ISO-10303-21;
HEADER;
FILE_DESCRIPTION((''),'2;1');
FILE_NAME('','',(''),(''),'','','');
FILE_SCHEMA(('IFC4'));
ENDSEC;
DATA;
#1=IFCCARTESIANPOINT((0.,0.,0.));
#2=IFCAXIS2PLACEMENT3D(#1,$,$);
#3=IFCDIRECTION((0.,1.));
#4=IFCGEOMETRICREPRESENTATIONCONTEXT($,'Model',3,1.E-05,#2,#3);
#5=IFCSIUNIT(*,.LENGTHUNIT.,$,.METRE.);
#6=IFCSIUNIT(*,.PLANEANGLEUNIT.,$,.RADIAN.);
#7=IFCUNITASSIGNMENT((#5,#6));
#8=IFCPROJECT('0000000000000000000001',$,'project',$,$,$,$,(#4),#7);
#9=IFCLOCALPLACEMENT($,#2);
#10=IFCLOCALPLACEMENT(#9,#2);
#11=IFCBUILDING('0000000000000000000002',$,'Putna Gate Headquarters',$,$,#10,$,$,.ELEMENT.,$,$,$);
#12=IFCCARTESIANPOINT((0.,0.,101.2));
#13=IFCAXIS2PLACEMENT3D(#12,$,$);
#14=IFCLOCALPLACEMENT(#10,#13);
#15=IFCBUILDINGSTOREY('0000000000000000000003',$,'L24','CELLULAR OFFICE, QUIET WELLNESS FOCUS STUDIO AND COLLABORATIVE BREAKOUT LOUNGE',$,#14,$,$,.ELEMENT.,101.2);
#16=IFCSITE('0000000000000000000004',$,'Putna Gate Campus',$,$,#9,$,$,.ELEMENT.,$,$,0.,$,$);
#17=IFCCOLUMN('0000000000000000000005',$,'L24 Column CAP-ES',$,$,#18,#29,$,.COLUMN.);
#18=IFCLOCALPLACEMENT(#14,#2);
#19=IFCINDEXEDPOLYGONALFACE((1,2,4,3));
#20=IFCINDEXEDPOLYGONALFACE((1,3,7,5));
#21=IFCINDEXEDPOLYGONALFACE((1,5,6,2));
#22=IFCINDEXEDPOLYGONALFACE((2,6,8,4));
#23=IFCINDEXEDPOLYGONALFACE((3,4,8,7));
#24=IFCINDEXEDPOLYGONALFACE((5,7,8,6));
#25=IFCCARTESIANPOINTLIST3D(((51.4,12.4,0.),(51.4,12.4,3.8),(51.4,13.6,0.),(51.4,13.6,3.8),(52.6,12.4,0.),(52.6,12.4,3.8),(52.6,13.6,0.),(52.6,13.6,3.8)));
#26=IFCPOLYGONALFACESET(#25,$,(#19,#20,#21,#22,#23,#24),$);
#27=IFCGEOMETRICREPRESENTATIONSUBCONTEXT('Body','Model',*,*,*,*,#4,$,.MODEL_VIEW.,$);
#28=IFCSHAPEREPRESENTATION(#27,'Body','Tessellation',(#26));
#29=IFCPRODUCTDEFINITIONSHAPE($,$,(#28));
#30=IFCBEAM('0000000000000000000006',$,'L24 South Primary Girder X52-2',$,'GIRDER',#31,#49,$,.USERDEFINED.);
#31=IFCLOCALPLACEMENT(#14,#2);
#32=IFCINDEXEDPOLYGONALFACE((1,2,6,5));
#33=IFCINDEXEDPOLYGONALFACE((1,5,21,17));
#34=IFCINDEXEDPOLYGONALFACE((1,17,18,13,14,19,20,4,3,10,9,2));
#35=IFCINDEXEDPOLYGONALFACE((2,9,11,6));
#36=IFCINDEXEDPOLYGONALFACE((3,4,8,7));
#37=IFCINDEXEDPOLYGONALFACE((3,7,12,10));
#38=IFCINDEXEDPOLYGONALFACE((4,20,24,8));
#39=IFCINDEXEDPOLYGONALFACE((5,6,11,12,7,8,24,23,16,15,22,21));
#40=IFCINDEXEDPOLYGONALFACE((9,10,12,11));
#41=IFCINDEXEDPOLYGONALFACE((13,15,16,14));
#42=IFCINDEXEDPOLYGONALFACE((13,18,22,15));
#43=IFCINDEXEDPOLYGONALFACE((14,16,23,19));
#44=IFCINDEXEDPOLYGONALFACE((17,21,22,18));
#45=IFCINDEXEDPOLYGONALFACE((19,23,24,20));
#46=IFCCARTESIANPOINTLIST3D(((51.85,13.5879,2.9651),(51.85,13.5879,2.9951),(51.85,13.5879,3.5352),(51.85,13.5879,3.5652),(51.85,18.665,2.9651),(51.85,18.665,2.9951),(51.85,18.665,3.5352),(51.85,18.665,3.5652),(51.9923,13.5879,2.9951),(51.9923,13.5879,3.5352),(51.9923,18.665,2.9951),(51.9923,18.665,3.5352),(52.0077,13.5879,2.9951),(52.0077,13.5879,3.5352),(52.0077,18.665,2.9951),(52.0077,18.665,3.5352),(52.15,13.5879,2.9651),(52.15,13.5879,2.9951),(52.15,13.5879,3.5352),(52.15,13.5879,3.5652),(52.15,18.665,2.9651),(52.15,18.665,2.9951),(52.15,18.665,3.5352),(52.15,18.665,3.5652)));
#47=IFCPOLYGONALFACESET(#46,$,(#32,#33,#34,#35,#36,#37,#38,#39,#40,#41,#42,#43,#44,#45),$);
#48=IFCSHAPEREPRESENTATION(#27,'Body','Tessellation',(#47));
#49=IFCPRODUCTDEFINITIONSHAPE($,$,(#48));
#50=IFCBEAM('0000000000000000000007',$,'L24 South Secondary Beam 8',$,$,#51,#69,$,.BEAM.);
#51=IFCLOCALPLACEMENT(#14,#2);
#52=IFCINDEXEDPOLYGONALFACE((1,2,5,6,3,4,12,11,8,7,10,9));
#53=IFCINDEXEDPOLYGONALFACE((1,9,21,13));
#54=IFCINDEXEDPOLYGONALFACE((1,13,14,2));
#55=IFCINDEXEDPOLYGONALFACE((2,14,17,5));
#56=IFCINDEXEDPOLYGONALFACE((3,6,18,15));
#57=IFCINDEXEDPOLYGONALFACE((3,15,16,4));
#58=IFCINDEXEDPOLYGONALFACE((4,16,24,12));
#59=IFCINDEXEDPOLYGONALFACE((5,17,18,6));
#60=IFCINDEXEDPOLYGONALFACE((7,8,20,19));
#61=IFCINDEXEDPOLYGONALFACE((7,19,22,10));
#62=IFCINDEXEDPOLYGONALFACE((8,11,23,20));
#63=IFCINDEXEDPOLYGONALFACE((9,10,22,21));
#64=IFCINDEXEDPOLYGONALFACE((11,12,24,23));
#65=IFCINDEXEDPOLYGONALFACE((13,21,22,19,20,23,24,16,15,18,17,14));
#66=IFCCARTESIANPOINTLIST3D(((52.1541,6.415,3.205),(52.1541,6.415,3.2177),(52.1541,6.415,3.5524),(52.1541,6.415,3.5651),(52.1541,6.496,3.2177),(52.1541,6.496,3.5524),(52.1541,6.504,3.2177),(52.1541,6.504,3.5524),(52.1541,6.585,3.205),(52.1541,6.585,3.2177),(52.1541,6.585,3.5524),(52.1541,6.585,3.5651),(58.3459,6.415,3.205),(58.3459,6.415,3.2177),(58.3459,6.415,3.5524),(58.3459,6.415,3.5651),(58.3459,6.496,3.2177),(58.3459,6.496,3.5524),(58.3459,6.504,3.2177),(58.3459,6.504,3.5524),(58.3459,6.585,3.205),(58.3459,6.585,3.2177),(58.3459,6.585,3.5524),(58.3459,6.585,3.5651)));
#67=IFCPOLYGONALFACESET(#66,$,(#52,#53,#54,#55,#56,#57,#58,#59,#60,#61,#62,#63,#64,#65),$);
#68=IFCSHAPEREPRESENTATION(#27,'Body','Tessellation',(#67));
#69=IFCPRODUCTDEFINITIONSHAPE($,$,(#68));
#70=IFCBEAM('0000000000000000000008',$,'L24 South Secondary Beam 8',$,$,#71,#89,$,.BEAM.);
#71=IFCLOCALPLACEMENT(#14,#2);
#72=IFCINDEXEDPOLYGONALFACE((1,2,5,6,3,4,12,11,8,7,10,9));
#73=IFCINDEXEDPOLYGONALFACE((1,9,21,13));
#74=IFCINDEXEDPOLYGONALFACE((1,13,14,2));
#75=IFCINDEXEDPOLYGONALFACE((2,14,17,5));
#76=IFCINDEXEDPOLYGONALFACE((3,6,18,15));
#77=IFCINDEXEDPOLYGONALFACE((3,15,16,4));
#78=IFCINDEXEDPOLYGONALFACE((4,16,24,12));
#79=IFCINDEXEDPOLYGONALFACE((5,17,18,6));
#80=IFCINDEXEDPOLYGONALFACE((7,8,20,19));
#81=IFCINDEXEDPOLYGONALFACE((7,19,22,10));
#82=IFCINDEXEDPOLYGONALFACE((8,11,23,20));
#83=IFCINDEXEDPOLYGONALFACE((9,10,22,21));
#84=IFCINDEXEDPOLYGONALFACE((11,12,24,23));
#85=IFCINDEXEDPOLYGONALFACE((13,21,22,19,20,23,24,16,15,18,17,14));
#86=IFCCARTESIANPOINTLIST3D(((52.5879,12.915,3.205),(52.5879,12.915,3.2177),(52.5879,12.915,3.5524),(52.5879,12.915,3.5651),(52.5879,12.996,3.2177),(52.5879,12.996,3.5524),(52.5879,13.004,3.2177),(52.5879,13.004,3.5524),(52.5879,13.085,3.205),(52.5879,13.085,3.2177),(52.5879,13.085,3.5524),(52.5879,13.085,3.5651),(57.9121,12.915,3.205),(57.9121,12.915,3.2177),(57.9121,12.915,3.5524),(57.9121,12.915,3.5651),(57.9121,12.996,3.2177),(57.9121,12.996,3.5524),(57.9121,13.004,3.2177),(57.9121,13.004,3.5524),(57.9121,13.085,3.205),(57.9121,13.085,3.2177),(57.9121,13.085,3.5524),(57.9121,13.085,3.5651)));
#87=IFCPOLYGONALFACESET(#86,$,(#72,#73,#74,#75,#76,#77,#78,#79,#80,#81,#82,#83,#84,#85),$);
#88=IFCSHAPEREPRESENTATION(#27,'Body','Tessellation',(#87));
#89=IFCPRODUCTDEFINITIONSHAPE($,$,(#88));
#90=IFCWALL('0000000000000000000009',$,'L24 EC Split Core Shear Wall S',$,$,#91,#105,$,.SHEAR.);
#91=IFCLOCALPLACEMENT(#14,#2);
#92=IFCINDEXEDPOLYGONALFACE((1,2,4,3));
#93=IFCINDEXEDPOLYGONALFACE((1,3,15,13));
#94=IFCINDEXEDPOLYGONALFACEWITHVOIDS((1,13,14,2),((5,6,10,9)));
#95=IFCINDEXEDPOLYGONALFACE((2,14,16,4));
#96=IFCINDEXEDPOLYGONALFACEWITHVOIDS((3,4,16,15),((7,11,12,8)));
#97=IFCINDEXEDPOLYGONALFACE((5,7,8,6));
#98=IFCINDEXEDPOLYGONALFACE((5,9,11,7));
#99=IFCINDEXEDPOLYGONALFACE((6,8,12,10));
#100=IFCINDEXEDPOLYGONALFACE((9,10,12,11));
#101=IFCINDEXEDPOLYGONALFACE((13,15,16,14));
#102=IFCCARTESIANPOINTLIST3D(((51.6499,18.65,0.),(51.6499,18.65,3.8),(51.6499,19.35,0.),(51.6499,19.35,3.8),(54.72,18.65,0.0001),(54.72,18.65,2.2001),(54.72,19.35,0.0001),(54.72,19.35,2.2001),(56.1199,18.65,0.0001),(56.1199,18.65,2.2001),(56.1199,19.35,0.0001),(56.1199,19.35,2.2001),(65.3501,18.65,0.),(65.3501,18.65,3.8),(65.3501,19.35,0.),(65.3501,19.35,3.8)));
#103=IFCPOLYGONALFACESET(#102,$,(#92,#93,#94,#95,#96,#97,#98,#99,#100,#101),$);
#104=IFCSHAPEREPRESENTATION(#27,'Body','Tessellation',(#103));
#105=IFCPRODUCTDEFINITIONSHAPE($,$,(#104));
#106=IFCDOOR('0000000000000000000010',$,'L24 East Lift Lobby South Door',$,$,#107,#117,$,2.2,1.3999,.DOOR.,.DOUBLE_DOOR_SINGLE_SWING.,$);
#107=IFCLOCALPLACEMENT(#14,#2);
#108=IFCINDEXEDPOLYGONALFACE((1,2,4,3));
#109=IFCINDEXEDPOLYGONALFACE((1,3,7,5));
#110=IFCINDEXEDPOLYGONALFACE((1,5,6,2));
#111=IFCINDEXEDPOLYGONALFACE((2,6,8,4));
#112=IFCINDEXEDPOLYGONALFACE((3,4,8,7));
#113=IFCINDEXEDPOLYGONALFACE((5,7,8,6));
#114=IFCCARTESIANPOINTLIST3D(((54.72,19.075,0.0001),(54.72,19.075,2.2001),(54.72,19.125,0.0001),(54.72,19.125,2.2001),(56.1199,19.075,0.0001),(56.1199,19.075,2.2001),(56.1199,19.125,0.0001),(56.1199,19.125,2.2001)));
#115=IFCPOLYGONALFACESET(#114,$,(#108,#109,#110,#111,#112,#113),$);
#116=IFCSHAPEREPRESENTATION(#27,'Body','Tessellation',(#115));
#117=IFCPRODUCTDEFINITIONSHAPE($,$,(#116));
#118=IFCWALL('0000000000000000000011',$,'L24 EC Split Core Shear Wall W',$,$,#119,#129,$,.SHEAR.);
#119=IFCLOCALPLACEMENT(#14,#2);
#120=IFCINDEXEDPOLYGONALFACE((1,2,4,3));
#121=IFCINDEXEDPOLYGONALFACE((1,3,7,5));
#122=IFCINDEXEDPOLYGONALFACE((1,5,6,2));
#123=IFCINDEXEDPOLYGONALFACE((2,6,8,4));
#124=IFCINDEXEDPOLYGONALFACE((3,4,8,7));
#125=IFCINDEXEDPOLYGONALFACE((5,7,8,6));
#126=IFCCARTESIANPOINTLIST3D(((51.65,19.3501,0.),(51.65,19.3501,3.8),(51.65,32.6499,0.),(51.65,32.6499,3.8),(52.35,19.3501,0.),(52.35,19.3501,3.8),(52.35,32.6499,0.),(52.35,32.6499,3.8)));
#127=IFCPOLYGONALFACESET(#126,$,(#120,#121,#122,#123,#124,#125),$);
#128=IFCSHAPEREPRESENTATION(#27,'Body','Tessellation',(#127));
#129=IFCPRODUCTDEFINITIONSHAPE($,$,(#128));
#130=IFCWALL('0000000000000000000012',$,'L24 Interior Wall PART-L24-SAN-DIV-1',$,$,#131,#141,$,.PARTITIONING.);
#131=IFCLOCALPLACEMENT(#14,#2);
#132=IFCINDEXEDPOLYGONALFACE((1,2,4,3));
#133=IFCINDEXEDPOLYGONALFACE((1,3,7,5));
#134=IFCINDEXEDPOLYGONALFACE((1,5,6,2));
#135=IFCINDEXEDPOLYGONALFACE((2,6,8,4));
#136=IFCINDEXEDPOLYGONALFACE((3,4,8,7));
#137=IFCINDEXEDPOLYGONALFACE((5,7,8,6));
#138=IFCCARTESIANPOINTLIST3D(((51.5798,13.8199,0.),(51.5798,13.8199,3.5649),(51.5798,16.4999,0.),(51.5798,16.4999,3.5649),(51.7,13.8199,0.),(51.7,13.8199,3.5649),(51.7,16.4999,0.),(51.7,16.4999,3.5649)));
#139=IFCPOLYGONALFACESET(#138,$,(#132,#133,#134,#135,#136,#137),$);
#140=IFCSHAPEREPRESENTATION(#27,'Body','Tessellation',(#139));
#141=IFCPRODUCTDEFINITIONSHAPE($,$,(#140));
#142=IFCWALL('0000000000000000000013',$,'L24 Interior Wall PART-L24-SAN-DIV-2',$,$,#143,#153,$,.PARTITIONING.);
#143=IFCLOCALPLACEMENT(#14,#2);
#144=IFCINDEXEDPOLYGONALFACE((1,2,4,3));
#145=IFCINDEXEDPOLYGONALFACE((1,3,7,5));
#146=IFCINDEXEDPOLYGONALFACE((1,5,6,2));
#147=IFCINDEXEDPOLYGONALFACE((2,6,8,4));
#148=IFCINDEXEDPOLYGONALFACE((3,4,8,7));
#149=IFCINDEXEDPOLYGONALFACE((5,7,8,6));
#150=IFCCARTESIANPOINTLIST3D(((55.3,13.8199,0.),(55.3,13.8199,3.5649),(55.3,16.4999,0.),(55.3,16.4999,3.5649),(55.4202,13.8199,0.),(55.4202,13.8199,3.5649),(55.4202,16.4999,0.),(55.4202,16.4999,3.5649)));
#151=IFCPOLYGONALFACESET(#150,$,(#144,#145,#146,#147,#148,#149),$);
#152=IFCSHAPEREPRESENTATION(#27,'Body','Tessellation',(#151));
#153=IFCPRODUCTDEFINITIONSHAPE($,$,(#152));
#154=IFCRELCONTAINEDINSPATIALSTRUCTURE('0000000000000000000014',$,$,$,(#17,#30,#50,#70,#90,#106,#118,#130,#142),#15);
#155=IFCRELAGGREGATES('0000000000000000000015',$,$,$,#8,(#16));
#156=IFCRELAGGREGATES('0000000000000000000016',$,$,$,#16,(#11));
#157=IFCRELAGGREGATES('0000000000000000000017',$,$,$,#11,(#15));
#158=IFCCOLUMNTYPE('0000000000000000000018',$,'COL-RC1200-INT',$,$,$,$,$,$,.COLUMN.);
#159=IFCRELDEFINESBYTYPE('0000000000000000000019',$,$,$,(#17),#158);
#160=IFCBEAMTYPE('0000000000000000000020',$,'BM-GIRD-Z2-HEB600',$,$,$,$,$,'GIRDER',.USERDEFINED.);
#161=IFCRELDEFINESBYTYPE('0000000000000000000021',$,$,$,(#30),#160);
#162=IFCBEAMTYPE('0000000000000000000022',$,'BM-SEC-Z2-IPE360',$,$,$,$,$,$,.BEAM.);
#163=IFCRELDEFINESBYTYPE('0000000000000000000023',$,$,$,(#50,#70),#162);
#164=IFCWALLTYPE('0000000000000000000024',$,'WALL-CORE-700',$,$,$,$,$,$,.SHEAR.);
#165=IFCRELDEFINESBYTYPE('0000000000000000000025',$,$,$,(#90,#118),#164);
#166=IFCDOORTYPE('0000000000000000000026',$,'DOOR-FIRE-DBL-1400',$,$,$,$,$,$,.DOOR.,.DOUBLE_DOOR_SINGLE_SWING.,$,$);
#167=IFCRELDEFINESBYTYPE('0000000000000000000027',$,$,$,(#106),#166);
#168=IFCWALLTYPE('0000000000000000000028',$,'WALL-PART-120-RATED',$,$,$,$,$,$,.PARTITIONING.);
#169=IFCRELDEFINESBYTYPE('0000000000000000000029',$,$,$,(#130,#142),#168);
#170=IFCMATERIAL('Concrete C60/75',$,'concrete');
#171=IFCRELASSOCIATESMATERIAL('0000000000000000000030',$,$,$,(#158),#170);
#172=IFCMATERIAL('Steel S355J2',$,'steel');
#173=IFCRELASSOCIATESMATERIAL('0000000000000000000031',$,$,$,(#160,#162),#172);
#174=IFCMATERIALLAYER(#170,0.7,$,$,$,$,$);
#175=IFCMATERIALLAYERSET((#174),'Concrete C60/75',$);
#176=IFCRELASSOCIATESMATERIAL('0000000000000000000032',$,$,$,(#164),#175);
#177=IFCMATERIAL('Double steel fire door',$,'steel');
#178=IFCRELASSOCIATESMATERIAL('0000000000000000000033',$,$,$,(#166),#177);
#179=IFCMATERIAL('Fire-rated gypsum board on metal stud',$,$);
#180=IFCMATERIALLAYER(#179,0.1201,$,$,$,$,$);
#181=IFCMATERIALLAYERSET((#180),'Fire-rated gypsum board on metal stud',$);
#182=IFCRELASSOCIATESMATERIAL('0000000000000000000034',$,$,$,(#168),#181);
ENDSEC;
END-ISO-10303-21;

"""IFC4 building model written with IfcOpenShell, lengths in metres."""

from ifc_helpers import new_model, si_unit, direction, frame, frame_2d, origin, origin_2d, place, context, subcontext, project, spatial, rectangle, i_section, extrude, material, layer, layer_set, material_profile, profile_set, type_object, element, fill, save


model = new_model("IFC4")

# Units and contexts
model_context = context("Model", 3, precision=1e-05, world=origin(), true_north=direction((0.0, 1.0)))
body_context = subcontext(model_context, "Body", "Model", "MODEL_VIEW")
ifc_project = project(units=[si_unit("LENGTHUNIT", "METRE"), si_unit("PLANEANGLEUNIT", "RADIAN")], contexts=[model_context])

# Site, building, storey
site_placement = place(None, origin())
site = spatial("IfcSite", under=ifc_project, at=site_placement, Name="Putna Gate Campus", CompositionType="ELEMENT", RefElevation=0.0)
building_placement = place(site_placement, origin())
building = spatial("IfcBuilding", under=site, at=building_placement, Name="Putna Gate Headquarters", CompositionType="ELEMENT")
storey_placement = place(building_placement, frame((0.0, 0.0, 101.2)))
storey = spatial("IfcBuildingStorey", under=building, at=storey_placement, Name="L24", Description="CELLULAR OFFICE, QUIET WELLNESS FOCUS STUDIO AND COLLABORATIVE BREAKOUT LOUNGE", CompositionType="ELEMENT", Elevation=101.2)

# Column
ifc_material_1 = material(Name="Concrete C60/75", Category="concrete")
ifc_material_profile_1 = material_profile(ifc_material_1, rectangle(XDim=1.2, YDim=1.2, at=origin_2d()), Name="Concrete C60/75")
ifc_profile_set_1 = profile_set([ifc_material_profile_1], Name="Concrete C60/75")
column_type = type_object("IfcColumnType", Name="COL-RC1200-INT", PredefinedType="COLUMN", material=ifc_profile_set_1)
column_placement = place(storey_placement, frame((52.0, 13.0, 0.0), z_axis=(0.0, 0.0, 1.0), x_axis=(1.0, 0.0, 0.0)))
element("IfcColumn", 1, at=column_placement, inside=storey, type_object=column_type, Name="L24 Column CAP-ES", PredefinedType="COLUMN", context=body_context, shape_type="SweptSolid", body=[
    extrude(rectangle(XDim=1.2, YDim=1.2, at=origin_2d()), origin(), (0.0, 0.0, 1.0), 3.8),
])

# Beams
ifc_material_2 = material(Name="Steel S355J2", Category="steel")
ifc_material_profile_2 = material_profile(ifc_material_2, i_section(OverallWidth=0.3, OverallDepth=0.6001, WebThickness=0.0154, FlangeThickness=0.03, at=origin_2d()), Name="Steel S355J2")
ifc_profile_set_2 = profile_set([ifc_material_profile_2], Name="Steel S355J2")
beam_type_1 = type_object("IfcBeamType", Name="BM-GIRD-Z2-HEB600", ElementType="GIRDER", PredefinedType="USERDEFINED", material=ifc_profile_set_2)
beam_1_placement = place(storey_placement, frame((52.0, 13.5879, 3.2651), z_axis=(0.0, 1.0, 0.0), x_axis=(-1.0, 0.0, 0.0)))
element("IfcBeam", 2, at=beam_1_placement, inside=storey, type_object=beam_type_1, Name="L24 South Primary Girder X52-2", ObjectType="GIRDER", PredefinedType="USERDEFINED", context=body_context, shape_type="SweptSolid", body=[
    extrude(i_section(OverallWidth=0.3, OverallDepth=0.6001, WebThickness=0.0154, FlangeThickness=0.03, at=origin_2d()), origin(), (0.0, 0.0, 1.0), 5.0771),
])
ifc_material_profile_3 = material_profile(ifc_material_2, i_section(OverallWidth=0.1699, OverallDepth=0.3601, WebThickness=0.0081, FlangeThickness=0.0127, at=origin_2d()), Name="Steel S355J2")
ifc_profile_set_3 = profile_set([ifc_material_profile_3], Name="Steel S355J2")
beam_type_2 = type_object("IfcBeamType", Name="BM-SEC-Z2-IPE360", PredefinedType="BEAM", material=ifc_profile_set_3)
beam_2_placement = place(storey_placement, frame((52.1541, 6.5, 3.385), z_axis=(1.0, 0.0, 0.0), x_axis=(0.0, 1.0, 0.0)))
element("IfcBeam", 3, at=beam_2_placement, inside=storey, type_object=beam_type_2, Name="L24 South Secondary Beam 8", PredefinedType="BEAM", context=body_context, shape_type="SweptSolid", body=[
    extrude(i_section(OverallWidth=0.1699, OverallDepth=0.3601, WebThickness=0.0081, FlangeThickness=0.0127, at=origin_2d()), origin(), (0.0, 0.0, 1.0), 6.1919),
])
beam_3_placement = place(storey_placement, frame((52.5879, 13.0, 3.385), z_axis=(1.0, 0.0, 0.0), x_axis=(0.0, 1.0, 0.0)))
element("IfcBeam", 4, at=beam_3_placement, inside=storey, type_object=beam_type_2, Name="L24 South Secondary Beam 8", PredefinedType="BEAM", context=body_context, shape_type="SweptSolid", body=[
    extrude(i_section(OverallWidth=0.1699, OverallDepth=0.3601, WebThickness=0.0081, FlangeThickness=0.0127, at=origin_2d()), origin(), (0.0, 0.0, 1.0), 5.3242),
])

# Wall, opening, door
ifc_layer_1 = layer(ifc_material_1, 0.7)
ifc_layer_set_1 = layer_set([ifc_layer_1], Name="Concrete C60/75")
wall_type_1 = type_object("IfcWallType", Name="WALL-CORE-700", PredefinedType="SHEAR", material=ifc_layer_set_1)
wall_1_placement = place(storey_placement, frame((51.6499, 19.0, 0.0), z_axis=(0.0, 0.0, 1.0), x_axis=(1.0, 0.0, 0.0)))
wall_1 = element("IfcWall", 5, at=wall_1_placement, inside=storey, type_object=wall_type_1, Name="L24 EC Split Core Shear Wall S", PredefinedType="SHEAR", context=body_context, shape_type="SweptSolid", body=[
    extrude(rectangle(XDim=13.7002, YDim=0.7, at=frame_2d((6.8501, 0.0))), origin(), (0.0, 0.0, 1.0), 3.8),
])
opening_1_placement = place(wall_1_placement, frame((3.0701, 0.0, 0.0)))
opening_1 = element("IfcOpeningElement", 6, at=opening_1_placement, cuts=wall_1, PredefinedType="OPENING", context=body_context, shape_type="SweptSolid", body=[
    extrude(rectangle(XDim=1.3999, YDim=2.2, at=frame_2d((0.7, 1.1001))), frame((0.0, 0.3599, 0.0), z_axis=(0.0, -1.0, 0.0), x_axis=(1.0, 0.0, 0.0)), (0.0, 0.0, 1.0), 0.72),
])
ifc_material_3 = material(Name="Double steel fire door", Category="steel")
door_type_1 = type_object("IfcDoorType", Name="DOOR-FIRE-DBL-1400", OperationType="DOUBLE_DOOR_SINGLE_SWING", PredefinedType="DOOR", material=ifc_material_3)
door_1_placement = place(opening_1_placement, origin())
door_1 = element("IfcDoor", 7, at=door_1_placement, inside=storey, type_object=door_type_1, Name="L24 East Lift Lobby South Door", OperationType="DOUBLE_DOOR_SINGLE_SWING", OverallHeight=2.2, OverallWidth=1.3999, PredefinedType="DOOR", context=body_context, shape_type="SweptSolid", body=[
    extrude(rectangle(XDim=1.3999, YDim=2.2, at=frame_2d((0.7, 1.1001))), frame((0.0, 0.125, 0.0), z_axis=(0.0, -1.0, 0.0), x_axis=(1.0, 0.0, 0.0)), (0.0, 0.0, 1.0), 0.05),
])
fill(opening_1, door_1)

# Wall
wall_2_placement = place(storey_placement, frame((52.0, 19.3501, 0.0), z_axis=(0.0, 0.0, 1.0), x_axis=(0.0, 1.0, 0.0)))
element("IfcWall", 8, at=wall_2_placement, inside=storey, type_object=wall_type_1, Name="L24 EC Split Core Shear Wall W", PredefinedType="SHEAR", context=body_context, shape_type="SweptSolid", body=[
    extrude(rectangle(XDim=13.2998, YDim=0.7, at=frame_2d((6.6499, 0.0))), origin(), (0.0, 0.0, 1.0), 3.8),
])

# Shared definitions
ifc_material_4 = material(Name="Fire-rated gypsum board on metal stud")
ifc_layer_2 = layer(ifc_material_4, 0.1201)
ifc_layer_set_2 = layer_set([ifc_layer_2], Name="Fire-rated gypsum board on metal stud")
wall_type_2 = type_object("IfcWallType", Name="WALL-PART-120-RATED", PredefinedType="PARTITIONING", material=ifc_layer_set_2)

# Walls
for number, where, z_axis, x_axis, name in (
    (9, (51.6399, 13.8201, 0.0), (0.0, 0.0, 1.0), (0.0, 1.0, 0.0), "L24 Interior Wall PART-L24-SAN-DIV-1"),
    (10, (55.3601, 13.8201, 0.0), (0.0, 0.0, 1.0), (0.0, 1.0, 0.0), "L24 Interior Wall PART-L24-SAN-DIV-2"),
):
    element("IfcWall", number, at=place(storey_placement, frame(where, z_axis=z_axis, x_axis=x_axis)), inside=storey, type_object=wall_type_2, Name=name, PredefinedType="PARTITIONING", context=body_context, shape_type="SweptSolid", body=[
        extrude(rectangle(XDim=2.6799, YDim=0.1201, at=frame_2d((1.3398, 0.0))), origin(), (0.0, 0.0, 1.0), 3.5649),
    ])

save(model, "model.ifc")
